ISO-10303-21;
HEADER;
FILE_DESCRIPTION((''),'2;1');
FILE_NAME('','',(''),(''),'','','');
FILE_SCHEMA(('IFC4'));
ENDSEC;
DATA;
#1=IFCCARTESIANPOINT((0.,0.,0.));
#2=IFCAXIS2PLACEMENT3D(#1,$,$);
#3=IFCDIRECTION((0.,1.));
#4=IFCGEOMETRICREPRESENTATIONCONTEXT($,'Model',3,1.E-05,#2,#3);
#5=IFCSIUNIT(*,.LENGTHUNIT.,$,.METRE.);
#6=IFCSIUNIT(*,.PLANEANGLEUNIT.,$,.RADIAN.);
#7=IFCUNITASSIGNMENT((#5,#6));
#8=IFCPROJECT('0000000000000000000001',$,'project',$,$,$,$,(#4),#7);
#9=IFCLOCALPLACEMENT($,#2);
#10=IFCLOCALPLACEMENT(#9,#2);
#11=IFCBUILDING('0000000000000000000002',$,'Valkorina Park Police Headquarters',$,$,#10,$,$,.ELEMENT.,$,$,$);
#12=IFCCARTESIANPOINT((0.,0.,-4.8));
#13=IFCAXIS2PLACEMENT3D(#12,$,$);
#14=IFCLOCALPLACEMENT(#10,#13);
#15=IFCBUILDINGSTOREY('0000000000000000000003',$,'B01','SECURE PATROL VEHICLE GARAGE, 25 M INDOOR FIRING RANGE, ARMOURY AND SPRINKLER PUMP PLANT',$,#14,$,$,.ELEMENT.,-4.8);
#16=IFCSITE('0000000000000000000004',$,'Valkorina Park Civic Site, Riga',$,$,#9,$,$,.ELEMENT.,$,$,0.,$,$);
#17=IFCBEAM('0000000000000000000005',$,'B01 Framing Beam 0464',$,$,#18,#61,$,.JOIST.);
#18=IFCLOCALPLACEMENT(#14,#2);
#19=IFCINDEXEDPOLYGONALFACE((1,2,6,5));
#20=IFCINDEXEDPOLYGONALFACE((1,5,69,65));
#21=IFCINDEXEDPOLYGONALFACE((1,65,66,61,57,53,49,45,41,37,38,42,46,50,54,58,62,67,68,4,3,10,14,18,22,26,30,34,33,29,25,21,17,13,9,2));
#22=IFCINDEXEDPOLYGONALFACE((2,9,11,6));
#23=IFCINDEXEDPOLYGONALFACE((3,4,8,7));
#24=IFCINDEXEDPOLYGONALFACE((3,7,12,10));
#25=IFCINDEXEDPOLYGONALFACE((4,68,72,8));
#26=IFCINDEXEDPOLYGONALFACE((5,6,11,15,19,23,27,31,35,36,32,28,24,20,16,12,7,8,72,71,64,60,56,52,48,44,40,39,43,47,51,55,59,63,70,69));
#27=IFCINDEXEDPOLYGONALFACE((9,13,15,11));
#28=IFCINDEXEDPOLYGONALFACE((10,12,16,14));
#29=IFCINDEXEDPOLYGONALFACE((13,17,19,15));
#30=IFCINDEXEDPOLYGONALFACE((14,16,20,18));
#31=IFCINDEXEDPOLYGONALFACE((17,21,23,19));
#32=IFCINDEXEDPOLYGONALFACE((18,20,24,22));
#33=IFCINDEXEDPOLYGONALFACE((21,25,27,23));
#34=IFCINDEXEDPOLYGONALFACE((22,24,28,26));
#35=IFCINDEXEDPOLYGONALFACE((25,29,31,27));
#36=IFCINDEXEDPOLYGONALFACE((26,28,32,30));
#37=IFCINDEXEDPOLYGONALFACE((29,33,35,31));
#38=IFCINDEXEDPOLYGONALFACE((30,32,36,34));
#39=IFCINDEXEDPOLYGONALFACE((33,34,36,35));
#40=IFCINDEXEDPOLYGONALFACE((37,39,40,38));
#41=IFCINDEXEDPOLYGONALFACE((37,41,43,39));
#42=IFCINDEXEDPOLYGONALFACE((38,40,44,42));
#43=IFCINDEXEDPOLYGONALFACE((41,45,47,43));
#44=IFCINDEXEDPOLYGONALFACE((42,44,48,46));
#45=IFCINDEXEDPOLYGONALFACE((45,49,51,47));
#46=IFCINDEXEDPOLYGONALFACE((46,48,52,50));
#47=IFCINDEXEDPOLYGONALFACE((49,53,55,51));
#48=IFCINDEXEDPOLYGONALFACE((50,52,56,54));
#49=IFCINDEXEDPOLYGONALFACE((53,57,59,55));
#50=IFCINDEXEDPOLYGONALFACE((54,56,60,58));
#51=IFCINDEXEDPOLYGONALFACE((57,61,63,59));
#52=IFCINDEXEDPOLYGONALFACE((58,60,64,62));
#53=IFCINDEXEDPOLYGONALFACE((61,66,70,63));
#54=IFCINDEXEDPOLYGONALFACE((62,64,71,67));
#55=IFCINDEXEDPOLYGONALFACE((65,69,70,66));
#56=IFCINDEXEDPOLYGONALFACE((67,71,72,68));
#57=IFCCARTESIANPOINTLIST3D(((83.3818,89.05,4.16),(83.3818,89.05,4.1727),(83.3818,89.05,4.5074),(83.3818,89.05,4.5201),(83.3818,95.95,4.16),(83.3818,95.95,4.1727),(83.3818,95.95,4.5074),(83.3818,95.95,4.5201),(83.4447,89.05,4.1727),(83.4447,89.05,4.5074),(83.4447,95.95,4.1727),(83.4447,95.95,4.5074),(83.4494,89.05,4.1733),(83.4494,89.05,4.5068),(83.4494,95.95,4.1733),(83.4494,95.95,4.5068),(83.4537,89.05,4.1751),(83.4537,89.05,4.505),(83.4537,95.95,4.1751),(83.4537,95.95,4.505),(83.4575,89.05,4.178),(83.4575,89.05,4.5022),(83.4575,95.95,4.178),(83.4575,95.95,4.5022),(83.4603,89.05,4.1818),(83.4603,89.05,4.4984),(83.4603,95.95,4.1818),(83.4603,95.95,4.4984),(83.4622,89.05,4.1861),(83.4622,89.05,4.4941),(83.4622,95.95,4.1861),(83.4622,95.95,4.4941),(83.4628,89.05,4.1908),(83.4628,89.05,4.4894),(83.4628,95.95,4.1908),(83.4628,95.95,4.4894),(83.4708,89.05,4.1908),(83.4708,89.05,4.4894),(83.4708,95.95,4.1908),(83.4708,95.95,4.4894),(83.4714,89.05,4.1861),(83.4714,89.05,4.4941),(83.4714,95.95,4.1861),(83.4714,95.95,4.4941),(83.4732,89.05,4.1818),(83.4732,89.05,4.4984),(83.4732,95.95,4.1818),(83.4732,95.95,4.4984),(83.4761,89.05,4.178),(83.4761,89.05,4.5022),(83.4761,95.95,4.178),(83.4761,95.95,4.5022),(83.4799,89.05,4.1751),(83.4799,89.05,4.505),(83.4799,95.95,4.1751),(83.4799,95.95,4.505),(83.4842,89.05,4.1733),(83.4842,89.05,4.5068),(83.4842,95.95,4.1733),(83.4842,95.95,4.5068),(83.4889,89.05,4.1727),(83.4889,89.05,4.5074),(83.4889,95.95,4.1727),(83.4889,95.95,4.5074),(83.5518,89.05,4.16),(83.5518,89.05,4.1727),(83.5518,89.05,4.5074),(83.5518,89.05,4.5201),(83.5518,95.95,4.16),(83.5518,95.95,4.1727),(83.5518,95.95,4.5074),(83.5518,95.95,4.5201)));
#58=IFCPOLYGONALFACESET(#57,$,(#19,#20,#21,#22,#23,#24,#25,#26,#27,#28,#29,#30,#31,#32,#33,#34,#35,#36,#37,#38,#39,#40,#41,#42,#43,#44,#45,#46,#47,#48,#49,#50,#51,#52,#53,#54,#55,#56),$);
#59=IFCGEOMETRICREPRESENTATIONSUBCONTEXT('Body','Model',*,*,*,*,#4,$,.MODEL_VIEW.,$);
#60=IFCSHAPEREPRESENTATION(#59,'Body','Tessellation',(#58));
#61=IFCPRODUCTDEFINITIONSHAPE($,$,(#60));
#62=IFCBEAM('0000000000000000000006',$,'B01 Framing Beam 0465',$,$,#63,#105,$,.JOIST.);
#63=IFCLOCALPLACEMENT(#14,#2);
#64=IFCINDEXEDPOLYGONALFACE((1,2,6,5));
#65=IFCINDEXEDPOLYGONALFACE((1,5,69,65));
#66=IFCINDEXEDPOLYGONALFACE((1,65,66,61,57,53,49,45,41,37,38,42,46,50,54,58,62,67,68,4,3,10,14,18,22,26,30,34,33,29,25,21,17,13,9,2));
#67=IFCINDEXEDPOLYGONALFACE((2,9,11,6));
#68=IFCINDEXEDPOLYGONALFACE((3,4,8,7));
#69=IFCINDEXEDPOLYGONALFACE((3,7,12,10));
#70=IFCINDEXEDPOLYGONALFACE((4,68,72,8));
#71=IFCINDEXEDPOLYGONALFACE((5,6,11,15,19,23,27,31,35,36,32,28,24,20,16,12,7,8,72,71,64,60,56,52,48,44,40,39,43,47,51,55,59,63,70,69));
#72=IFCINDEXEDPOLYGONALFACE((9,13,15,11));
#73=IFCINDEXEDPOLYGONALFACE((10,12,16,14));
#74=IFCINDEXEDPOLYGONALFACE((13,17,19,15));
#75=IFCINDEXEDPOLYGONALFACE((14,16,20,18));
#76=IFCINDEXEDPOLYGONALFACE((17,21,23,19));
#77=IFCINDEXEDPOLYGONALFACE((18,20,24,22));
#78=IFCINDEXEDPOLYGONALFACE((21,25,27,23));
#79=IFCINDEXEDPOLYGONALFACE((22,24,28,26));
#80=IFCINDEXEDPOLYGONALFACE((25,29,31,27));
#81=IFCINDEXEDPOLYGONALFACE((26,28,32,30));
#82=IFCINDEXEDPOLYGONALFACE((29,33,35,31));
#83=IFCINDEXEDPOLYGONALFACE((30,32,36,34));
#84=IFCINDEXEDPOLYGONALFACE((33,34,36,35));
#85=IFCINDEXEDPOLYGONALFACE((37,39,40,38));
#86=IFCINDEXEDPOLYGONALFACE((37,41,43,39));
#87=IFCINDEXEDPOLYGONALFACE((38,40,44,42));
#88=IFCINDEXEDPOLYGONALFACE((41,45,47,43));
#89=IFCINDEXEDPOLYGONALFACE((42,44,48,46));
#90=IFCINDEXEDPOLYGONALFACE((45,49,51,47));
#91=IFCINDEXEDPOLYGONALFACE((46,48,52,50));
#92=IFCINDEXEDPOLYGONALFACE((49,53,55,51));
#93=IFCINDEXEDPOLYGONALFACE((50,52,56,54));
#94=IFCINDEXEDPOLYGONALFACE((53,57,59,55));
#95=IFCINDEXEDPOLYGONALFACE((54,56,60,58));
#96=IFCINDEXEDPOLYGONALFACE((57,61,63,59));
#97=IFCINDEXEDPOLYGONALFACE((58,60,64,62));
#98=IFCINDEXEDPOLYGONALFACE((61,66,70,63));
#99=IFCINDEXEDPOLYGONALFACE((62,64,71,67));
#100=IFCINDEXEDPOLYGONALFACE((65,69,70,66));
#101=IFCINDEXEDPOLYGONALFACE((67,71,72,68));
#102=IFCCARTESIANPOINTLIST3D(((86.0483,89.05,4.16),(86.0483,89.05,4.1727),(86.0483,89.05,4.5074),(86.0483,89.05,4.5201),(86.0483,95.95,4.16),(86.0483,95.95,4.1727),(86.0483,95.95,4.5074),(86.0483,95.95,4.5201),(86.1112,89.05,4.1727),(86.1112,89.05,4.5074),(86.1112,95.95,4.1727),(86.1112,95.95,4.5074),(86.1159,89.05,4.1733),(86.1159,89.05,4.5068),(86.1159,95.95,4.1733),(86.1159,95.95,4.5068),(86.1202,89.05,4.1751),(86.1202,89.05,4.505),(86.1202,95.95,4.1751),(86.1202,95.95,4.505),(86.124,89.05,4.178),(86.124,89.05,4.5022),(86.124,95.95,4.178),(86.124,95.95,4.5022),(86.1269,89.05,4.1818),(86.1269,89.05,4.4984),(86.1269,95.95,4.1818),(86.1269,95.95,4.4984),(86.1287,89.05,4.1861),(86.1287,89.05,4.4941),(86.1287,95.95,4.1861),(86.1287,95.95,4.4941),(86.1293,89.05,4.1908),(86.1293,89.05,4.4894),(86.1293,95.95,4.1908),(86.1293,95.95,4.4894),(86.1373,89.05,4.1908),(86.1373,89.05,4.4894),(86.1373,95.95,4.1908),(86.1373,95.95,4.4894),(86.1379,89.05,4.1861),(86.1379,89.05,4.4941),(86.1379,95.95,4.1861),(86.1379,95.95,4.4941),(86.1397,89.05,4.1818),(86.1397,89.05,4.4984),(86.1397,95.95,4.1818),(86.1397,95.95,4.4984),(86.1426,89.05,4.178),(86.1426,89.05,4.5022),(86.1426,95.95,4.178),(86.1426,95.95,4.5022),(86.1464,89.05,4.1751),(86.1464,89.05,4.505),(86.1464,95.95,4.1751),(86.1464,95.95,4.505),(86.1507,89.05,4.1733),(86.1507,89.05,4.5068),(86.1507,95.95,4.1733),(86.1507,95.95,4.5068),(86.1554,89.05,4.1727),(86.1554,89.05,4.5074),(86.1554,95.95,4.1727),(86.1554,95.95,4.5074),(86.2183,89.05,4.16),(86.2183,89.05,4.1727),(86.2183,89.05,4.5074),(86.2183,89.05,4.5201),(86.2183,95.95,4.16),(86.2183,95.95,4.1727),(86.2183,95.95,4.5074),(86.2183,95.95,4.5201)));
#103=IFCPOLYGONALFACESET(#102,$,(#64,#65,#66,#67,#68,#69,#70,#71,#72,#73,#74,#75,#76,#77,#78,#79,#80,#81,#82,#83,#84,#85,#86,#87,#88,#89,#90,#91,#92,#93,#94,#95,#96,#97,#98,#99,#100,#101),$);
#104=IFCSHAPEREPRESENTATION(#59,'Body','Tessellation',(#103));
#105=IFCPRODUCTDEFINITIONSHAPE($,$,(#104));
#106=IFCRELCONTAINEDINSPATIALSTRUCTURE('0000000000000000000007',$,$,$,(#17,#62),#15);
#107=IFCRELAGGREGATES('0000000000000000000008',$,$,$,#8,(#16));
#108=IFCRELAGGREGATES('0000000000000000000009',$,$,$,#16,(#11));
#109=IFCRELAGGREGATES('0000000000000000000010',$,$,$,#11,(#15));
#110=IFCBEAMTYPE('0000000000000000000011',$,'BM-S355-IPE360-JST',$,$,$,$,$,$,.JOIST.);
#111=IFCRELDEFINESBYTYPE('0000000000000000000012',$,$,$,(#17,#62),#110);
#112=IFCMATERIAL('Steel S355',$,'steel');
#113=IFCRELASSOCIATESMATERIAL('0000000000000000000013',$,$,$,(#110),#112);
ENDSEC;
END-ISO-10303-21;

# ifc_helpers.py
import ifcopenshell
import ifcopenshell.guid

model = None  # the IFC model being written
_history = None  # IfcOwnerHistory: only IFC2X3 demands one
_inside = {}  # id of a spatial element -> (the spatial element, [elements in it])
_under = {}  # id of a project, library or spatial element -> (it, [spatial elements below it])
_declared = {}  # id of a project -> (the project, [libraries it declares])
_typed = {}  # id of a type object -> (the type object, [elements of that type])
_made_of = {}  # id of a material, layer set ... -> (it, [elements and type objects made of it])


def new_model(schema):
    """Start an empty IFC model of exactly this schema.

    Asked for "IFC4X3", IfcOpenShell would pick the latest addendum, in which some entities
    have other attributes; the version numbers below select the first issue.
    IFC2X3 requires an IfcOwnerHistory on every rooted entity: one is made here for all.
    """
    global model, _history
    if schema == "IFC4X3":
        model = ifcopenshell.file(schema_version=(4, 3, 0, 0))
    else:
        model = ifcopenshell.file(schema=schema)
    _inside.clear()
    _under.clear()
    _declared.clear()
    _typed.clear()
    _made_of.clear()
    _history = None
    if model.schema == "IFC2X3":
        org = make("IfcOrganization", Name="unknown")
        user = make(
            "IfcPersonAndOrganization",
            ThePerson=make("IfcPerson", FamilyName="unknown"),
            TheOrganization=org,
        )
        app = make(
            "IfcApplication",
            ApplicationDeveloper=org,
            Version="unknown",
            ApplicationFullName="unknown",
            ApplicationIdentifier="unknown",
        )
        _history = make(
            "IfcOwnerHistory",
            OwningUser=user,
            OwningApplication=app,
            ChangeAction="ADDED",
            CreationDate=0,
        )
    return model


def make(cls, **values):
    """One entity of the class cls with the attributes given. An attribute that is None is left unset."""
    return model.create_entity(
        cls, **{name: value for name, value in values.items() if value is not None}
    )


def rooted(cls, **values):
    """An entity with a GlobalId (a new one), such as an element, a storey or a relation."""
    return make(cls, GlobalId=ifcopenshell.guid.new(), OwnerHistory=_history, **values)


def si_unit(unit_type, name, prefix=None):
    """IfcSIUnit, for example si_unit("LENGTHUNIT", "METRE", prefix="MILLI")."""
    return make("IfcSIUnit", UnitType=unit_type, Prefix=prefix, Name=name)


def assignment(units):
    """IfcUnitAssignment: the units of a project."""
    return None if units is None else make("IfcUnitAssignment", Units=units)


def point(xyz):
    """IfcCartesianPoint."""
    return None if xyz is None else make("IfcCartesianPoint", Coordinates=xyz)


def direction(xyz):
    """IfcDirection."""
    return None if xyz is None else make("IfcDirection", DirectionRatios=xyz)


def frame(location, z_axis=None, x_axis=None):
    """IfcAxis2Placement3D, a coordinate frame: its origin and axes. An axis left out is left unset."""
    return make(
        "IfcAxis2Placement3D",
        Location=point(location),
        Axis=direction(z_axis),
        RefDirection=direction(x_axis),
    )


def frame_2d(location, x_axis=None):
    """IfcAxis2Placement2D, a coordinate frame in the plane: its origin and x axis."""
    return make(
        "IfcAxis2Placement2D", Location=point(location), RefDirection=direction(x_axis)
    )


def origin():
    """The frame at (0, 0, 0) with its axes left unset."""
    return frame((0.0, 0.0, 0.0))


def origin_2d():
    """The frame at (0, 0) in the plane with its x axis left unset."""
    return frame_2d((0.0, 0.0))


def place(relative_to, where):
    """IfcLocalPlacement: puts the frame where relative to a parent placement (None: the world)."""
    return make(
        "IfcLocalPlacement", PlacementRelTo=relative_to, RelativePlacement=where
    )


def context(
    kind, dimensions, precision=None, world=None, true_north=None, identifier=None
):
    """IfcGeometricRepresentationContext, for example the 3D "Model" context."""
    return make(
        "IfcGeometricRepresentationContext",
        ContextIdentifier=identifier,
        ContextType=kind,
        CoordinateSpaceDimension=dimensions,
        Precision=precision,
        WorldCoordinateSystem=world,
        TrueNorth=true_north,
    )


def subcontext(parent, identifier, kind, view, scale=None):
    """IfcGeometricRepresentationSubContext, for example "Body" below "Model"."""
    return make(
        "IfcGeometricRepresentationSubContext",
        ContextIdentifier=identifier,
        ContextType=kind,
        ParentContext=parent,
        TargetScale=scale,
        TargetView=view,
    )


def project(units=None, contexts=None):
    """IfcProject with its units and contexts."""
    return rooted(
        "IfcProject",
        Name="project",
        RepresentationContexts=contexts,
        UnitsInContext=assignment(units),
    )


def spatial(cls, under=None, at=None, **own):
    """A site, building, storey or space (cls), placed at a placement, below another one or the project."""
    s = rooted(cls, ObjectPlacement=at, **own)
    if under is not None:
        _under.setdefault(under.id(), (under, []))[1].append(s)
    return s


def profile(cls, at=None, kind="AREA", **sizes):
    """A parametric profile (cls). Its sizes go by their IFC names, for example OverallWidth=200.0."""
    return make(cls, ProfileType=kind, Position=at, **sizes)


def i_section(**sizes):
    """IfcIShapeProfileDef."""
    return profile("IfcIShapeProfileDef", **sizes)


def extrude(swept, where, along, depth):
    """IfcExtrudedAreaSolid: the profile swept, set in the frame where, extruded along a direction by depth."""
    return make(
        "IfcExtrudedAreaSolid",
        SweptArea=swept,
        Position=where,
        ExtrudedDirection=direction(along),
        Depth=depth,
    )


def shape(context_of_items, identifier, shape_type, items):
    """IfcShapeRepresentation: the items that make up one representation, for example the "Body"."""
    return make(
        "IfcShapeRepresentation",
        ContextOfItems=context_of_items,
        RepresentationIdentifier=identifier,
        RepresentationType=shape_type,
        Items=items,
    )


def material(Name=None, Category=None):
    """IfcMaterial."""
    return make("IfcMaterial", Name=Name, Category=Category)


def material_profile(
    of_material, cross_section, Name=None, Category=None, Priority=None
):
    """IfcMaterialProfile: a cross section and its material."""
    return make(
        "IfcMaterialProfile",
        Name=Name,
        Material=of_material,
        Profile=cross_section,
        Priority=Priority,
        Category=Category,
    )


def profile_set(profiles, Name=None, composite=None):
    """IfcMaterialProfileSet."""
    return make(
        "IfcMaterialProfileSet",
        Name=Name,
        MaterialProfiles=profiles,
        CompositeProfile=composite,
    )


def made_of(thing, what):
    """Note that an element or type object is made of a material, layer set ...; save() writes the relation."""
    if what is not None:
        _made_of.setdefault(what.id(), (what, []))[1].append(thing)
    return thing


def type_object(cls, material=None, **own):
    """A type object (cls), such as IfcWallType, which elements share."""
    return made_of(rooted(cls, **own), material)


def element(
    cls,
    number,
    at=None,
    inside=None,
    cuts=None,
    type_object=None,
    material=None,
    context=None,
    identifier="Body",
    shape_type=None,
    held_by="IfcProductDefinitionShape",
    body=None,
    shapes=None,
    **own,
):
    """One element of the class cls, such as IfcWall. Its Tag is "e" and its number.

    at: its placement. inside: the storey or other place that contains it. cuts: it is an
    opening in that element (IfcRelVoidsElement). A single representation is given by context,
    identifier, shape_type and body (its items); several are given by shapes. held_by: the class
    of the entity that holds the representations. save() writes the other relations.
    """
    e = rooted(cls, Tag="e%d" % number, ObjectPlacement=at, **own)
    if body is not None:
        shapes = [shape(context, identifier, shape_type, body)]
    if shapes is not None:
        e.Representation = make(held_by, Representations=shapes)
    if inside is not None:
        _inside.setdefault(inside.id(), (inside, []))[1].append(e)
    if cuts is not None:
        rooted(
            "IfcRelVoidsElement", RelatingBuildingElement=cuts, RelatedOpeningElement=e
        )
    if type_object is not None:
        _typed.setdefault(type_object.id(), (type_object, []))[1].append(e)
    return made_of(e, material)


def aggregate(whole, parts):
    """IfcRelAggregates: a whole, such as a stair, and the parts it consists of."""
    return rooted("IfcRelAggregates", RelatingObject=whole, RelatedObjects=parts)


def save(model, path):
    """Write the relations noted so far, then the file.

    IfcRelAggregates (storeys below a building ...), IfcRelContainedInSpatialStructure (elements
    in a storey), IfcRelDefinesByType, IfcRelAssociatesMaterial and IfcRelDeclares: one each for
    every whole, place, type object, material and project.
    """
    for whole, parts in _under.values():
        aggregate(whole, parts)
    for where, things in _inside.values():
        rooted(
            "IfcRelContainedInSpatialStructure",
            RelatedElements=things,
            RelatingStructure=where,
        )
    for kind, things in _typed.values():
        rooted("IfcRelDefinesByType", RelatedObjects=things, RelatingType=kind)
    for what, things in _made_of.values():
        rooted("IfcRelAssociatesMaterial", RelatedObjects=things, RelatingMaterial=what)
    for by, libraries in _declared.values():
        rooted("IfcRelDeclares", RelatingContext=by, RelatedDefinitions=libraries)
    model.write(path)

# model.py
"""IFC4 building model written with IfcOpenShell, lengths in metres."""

from ifc_helpers import new_model, si_unit, direction, frame, origin, origin_2d, place, context, subcontext, project, spatial, i_section, extrude, material, material_profile, profile_set, type_object, element, save


model = new_model("IFC4")

# Units and contexts
model_context = context("Model", 3, precision=1e-05, world=origin(), true_north=direction((0.0, 1.0)))
body_context = subcontext(model_context, "Body", "Model", "MODEL_VIEW")
ifc_project = project(units=[si_unit("LENGTHUNIT", "METRE"), si_unit("PLANEANGLEUNIT", "RADIAN")], contexts=[model_context])

# Site, building, storey
site_placement = place(None, origin())
site = spatial("IfcSite", under=ifc_project, at=site_placement, Name="Valkorina Park Civic Site, Riga", CompositionType="ELEMENT", RefElevation=0.0)
building_placement = place(site_placement, origin())
building = spatial("IfcBuilding", under=site, at=building_placement, Name="Valkorina Park Police Headquarters", CompositionType="ELEMENT")
storey_placement = place(building_placement, frame((0.0, 0.0, -4.8)))
storey = spatial("IfcBuildingStorey", under=building, at=storey_placement, Name="B01", Description="SECURE PATROL VEHICLE GARAGE, 25 M INDOOR FIRING RANGE, ARMOURY AND SPRINKLER PUMP PLANT", CompositionType="ELEMENT", Elevation=-4.8)

# Beams
ifc_material_1 = material(Name="Steel S355", Category="steel")
ifc_material_profile_1 = material_profile(ifc_material_1, i_section(OverallWidth=0.1699, OverallDepth=0.3601, WebThickness=0.0081, FlangeThickness=0.0127, FilletRadius=0.0181, at=origin_2d()), Name="IPE 360")
ifc_profile_set_1 = profile_set([ifc_material_profile_1], Name="Steel S355")
beam_type_1 = type_object("IfcBeamType", Name="BM-S355-IPE360-JST", PredefinedType="JOIST", material=ifc_profile_set_1)
for number, where, z_axis, x_axis, name in (
    (1, (83.4668, 89.05, 4.3401), (0.0, 1.0, 0.0), (-1.0, 0.0, 0.0), "B01 Framing Beam 0464"),
    (2, (86.1333, 89.05, 4.3401), (0.0, 1.0, 0.0), (-1.0, 0.0, 0.0), "B01 Framing Beam 0465"),
):
    element("IfcBeam", number, at=place(storey_placement, frame(where, z_axis=z_axis, x_axis=x_axis)), inside=storey, type_object=beam_type_1, Name=name, PredefinedType="JOIST", context=body_context, shape_type="SweptSolid", body=[
        extrude(i_section(OverallWidth=0.1699, OverallDepth=0.3601, WebThickness=0.0081, FlangeThickness=0.0127, FilletRadius=0.0181, at=origin_2d()), origin(), (0.0, 0.0, 1.0), 6.8999),
    ])

save(model, "model.ifc")
